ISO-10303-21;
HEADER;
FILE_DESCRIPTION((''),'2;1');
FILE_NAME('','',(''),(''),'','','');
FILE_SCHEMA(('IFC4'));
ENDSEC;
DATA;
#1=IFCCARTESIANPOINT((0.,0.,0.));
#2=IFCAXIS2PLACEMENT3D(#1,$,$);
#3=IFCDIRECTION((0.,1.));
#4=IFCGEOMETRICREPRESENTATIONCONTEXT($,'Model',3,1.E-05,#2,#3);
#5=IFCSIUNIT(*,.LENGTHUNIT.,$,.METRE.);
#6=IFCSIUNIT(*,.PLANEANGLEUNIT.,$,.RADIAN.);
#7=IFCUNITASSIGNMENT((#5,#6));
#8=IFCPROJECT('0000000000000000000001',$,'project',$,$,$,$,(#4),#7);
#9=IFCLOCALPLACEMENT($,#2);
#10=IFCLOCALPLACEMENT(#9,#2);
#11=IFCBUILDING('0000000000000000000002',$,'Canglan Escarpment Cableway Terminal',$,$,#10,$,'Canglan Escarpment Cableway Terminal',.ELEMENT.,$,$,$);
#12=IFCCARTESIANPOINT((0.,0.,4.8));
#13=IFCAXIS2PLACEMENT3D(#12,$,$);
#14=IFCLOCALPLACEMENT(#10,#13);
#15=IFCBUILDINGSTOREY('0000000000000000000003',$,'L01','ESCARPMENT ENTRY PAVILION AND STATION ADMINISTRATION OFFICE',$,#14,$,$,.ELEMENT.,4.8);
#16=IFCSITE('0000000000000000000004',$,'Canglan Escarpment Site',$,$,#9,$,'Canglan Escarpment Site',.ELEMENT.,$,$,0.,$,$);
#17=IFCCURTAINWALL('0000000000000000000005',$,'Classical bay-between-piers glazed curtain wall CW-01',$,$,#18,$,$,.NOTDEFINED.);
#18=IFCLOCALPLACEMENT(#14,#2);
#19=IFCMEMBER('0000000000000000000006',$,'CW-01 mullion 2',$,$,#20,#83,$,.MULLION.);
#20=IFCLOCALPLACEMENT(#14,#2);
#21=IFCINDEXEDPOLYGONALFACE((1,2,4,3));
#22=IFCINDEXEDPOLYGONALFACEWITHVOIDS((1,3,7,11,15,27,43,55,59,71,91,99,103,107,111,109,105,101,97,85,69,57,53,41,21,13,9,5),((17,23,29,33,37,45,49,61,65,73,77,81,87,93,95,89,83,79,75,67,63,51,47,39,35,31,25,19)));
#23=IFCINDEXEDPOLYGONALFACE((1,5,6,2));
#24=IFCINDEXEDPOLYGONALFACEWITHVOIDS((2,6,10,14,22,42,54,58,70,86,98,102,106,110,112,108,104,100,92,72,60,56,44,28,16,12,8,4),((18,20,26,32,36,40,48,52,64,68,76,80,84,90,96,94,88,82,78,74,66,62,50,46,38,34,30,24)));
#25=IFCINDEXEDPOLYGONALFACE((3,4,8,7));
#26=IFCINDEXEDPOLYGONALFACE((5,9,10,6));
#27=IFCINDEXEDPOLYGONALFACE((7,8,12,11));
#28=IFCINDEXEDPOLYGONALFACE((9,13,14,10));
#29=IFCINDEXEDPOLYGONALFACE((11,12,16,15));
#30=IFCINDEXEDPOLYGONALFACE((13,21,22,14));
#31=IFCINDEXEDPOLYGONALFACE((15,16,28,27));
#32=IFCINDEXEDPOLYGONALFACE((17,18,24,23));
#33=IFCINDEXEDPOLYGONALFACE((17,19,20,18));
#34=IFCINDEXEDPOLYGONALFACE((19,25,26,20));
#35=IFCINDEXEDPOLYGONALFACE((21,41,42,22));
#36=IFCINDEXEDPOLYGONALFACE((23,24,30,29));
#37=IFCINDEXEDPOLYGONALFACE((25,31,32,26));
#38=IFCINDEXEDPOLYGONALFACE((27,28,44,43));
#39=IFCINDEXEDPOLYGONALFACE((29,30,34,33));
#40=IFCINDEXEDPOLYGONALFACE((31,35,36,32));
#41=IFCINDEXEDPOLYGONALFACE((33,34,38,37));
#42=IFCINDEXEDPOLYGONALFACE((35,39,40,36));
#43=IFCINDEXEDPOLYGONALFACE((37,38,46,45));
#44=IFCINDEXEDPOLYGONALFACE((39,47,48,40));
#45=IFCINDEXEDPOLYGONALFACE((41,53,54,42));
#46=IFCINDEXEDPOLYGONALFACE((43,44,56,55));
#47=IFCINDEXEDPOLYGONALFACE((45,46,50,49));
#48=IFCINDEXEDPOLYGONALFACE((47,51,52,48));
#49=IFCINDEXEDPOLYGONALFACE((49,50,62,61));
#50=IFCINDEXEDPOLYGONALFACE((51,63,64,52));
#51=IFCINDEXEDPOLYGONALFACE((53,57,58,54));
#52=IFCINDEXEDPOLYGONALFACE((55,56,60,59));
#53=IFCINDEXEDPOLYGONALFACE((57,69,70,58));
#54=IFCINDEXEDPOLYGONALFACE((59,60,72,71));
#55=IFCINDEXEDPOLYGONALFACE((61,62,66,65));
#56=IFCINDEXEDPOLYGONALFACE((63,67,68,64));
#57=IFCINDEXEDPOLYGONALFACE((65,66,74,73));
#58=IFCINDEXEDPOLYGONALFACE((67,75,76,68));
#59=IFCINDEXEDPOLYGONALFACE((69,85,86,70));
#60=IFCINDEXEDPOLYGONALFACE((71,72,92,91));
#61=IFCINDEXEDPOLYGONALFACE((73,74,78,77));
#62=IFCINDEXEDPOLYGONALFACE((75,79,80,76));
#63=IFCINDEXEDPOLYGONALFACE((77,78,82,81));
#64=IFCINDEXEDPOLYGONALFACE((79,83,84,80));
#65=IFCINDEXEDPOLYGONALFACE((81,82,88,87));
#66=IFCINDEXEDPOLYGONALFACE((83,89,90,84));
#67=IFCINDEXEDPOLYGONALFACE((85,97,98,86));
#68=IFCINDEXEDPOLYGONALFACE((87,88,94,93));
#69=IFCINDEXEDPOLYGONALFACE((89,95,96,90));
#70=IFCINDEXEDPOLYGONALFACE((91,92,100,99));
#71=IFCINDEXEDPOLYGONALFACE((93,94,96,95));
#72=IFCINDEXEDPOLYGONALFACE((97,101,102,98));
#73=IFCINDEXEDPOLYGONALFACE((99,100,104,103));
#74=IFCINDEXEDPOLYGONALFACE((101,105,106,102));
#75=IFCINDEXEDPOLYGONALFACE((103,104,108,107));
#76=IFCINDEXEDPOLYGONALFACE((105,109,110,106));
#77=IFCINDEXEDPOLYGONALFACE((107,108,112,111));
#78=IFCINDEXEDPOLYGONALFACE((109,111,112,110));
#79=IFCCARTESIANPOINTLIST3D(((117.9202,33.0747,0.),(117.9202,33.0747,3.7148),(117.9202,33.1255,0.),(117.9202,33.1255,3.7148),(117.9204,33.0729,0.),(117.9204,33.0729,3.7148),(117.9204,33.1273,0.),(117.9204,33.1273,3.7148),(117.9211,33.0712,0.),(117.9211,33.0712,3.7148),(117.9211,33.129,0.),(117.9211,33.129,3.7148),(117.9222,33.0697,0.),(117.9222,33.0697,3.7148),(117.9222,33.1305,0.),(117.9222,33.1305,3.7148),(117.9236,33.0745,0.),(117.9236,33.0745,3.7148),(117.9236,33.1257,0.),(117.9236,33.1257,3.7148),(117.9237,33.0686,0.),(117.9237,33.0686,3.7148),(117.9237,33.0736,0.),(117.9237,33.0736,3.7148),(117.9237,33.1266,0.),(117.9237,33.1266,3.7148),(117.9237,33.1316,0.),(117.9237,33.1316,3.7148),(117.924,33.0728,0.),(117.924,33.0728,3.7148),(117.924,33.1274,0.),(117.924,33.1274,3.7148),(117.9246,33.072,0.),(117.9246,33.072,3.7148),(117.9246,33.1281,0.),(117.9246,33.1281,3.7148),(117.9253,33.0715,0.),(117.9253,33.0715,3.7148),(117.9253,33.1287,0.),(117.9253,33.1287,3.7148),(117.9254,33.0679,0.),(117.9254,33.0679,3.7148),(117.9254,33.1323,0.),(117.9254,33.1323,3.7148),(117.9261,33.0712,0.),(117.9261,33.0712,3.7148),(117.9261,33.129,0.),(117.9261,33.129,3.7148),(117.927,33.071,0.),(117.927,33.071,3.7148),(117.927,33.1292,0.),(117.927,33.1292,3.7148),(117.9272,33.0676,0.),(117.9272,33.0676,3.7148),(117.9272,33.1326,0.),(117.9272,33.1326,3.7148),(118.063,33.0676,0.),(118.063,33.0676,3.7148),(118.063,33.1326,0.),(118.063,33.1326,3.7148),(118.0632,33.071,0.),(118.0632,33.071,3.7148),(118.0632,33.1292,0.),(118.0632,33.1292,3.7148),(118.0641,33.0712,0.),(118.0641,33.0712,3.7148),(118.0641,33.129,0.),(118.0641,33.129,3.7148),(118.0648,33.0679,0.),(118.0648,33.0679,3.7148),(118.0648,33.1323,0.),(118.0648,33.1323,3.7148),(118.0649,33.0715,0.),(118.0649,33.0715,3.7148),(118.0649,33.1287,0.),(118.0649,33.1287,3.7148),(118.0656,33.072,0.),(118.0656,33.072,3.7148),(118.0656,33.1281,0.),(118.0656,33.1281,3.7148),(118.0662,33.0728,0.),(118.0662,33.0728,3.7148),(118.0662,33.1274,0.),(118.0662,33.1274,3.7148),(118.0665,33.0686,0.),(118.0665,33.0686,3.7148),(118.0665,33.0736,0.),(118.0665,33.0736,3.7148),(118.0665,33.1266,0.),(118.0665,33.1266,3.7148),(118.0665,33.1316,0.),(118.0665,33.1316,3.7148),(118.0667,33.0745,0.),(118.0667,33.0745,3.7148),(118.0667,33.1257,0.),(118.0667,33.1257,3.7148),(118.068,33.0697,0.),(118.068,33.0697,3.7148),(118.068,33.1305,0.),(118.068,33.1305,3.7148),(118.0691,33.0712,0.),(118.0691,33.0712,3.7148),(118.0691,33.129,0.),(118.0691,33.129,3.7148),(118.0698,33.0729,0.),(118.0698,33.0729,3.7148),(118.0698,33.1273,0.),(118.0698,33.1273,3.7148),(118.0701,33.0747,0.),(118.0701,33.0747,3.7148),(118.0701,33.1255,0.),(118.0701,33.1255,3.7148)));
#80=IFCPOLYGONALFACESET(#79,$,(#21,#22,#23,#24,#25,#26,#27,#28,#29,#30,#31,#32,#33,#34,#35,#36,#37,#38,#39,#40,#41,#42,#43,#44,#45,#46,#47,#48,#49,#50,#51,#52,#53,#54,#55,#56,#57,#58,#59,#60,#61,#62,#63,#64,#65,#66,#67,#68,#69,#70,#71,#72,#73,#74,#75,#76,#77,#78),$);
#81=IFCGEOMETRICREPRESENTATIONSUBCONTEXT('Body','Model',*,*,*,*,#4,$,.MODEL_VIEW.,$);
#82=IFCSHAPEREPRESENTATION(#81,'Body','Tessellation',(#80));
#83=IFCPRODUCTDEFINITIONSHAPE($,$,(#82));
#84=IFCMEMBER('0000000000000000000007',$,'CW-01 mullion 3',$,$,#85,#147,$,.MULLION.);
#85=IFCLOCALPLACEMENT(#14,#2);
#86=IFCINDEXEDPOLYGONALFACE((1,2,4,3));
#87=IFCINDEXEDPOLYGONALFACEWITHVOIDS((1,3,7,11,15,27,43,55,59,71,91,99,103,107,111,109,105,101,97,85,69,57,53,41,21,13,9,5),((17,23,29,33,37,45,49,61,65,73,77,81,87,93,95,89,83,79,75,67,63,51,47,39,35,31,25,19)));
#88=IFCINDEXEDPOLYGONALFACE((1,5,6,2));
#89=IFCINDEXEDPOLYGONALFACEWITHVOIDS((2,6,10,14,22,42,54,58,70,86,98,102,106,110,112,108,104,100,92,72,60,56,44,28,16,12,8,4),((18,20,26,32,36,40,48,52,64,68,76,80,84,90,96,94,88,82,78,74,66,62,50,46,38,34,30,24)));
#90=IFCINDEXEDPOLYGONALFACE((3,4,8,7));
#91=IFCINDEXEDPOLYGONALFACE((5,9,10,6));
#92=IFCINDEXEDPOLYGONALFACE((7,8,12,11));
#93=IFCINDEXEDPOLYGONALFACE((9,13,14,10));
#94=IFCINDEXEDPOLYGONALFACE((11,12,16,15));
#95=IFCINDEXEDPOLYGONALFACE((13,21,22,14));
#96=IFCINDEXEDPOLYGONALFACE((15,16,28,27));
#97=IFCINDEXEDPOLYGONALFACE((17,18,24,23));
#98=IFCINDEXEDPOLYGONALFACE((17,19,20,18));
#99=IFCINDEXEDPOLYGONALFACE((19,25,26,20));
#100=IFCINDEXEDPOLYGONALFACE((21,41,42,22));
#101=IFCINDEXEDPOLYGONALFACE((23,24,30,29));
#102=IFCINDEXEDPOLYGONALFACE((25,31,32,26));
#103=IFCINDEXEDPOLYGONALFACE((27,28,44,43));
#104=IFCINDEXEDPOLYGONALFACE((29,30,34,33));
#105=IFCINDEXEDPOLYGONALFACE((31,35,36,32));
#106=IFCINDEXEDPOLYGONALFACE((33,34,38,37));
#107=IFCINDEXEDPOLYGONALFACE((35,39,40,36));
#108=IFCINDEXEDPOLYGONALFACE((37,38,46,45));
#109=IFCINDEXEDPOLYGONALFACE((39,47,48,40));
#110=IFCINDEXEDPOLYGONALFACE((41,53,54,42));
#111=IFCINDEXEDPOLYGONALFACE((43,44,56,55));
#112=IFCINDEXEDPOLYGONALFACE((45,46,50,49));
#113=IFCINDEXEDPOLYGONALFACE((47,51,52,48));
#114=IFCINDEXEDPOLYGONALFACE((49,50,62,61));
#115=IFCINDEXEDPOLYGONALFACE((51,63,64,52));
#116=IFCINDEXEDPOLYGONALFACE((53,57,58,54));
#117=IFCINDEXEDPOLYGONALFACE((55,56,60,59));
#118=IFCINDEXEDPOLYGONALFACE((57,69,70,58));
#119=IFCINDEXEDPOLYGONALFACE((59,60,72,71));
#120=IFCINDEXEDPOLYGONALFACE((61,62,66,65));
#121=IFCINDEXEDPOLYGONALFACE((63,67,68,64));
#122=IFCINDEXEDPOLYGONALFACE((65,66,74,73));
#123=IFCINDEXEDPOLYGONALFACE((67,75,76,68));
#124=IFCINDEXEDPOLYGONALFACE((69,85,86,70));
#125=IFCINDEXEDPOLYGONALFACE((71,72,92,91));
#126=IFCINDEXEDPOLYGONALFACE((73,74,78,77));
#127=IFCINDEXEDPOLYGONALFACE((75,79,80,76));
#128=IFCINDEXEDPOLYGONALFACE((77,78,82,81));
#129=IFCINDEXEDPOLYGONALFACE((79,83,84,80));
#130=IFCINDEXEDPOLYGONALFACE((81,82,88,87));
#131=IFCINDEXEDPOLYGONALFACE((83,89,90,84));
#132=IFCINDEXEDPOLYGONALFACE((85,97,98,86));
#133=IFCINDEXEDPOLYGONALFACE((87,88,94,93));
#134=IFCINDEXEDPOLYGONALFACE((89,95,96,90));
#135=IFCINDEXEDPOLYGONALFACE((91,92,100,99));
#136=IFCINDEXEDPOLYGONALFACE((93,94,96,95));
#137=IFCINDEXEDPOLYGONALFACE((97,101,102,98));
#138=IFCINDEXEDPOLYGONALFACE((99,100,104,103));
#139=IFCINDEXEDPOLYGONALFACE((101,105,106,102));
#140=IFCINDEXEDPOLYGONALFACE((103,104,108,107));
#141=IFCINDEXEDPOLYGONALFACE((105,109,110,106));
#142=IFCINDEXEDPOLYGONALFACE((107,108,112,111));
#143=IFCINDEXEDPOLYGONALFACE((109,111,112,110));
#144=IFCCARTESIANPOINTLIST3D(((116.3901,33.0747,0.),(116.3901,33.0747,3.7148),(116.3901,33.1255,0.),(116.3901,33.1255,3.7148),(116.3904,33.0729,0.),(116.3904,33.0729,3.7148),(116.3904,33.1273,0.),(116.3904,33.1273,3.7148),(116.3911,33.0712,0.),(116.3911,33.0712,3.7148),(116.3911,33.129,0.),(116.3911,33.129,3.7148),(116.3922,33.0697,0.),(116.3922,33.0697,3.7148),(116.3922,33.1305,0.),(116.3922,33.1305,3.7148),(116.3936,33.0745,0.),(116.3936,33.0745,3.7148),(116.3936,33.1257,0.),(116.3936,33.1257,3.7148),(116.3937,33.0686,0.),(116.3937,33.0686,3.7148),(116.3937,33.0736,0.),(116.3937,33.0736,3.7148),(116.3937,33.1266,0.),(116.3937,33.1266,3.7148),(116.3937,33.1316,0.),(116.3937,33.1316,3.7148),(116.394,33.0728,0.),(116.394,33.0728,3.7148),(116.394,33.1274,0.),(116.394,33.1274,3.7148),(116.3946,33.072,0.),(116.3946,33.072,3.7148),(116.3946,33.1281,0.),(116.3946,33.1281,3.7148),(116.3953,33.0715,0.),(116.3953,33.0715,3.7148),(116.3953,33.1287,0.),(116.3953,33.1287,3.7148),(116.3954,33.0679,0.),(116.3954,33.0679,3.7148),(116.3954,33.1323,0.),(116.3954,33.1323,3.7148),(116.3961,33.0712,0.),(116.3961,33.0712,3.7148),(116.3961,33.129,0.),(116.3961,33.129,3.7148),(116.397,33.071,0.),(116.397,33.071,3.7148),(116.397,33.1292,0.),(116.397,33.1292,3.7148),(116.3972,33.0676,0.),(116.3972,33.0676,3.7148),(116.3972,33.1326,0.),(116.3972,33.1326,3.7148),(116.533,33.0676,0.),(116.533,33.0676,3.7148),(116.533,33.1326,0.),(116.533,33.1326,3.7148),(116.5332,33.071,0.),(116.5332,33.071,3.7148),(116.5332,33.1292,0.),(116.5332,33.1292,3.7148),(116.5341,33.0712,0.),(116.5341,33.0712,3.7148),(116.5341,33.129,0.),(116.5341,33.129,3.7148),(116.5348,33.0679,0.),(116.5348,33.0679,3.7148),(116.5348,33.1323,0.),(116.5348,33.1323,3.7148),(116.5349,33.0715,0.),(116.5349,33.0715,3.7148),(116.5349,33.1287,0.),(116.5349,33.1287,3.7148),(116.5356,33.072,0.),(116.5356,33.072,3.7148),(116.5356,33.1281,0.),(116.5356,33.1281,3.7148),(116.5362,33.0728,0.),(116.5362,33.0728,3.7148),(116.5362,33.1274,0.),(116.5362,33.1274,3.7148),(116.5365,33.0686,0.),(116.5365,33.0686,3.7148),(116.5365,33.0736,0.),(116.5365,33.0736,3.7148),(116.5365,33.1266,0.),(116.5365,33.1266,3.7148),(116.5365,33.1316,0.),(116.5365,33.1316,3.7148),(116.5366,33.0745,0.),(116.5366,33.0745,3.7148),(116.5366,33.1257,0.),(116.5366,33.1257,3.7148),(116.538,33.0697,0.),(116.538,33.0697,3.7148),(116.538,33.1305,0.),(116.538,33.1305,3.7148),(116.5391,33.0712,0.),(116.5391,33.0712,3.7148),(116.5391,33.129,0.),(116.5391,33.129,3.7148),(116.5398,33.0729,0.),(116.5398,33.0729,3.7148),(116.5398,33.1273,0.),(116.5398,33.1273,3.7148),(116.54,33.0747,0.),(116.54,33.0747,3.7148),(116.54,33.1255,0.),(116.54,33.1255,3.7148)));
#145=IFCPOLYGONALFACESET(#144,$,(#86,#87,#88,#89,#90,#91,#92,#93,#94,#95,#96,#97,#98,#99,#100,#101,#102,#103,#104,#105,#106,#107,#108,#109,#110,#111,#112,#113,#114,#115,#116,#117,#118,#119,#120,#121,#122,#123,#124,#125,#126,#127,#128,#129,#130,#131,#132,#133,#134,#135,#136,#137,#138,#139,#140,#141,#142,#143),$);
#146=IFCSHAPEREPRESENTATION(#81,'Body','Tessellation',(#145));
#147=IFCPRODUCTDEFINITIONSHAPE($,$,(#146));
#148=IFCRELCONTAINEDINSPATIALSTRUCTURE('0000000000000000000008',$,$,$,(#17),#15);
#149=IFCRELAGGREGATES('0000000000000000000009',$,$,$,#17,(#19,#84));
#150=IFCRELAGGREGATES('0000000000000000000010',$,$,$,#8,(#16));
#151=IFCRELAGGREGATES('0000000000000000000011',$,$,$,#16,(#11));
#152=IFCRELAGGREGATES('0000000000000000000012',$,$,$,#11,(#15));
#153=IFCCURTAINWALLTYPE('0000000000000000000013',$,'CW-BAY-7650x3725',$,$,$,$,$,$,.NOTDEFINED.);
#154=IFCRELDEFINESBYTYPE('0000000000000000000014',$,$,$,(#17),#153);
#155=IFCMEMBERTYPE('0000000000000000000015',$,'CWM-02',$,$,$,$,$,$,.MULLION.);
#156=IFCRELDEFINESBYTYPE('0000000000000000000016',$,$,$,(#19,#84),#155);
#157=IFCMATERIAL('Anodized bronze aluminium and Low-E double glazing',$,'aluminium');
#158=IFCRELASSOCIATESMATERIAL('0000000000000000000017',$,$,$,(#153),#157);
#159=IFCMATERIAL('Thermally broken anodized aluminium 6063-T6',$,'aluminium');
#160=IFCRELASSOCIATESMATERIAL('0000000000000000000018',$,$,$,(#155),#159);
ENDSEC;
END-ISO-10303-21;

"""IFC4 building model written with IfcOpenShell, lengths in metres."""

from ifc_helpers import new_model, si_unit, direction, frame, origin, origin_2d, place, context, subcontext, project, spatial, hollow_rectangle, extrude, material, material_profile, profile_set, type_object, element, aggregate, save


model = new_model("IFC4")

# Units and contexts
model_context = context("Model", 3, precision=1e-05, world=origin(), true_north=direction((0.0, 1.0)))
body_context = subcontext(model_context, "Body", "Model", "MODEL_VIEW")
ifc_project = project(units=[si_unit("LENGTHUNIT", "METRE"), si_unit("PLANEANGLEUNIT", "RADIAN")], contexts=[model_context])

# Site, building, storey
site_placement = place(None, origin())
site = spatial("IfcSite", under=ifc_project, at=site_placement, Name="Canglan Escarpment Site", LongName="Canglan Escarpment Site", CompositionType="ELEMENT", RefElevation=0.0)
building_placement = place(site_placement, origin())
building = spatial("IfcBuilding", under=site, at=building_placement, Name="Canglan Escarpment Cableway Terminal", LongName="Canglan Escarpment Cableway Terminal", CompositionType="ELEMENT")
storey_placement = place(building_placement, frame((0.0, 0.0, 4.8)))
storey = spatial("IfcBuildingStorey", under=building, at=storey_placement, Name="L01", Description="ESCARPMENT ENTRY PAVILION AND STATION ADMINISTRATION OFFICE", CompositionType="ELEMENT", Elevation=4.8)

# Curtain wall, members
ifc_material_1 = material(Name="Anodized bronze aluminium and Low-E double glazing", Category="aluminium")
curtain_wall_type = type_object("IfcCurtainWallType", Name="CW-BAY-7650x3725", PredefinedType="NOTDEFINED", material=ifc_material_1)
curtain_wall_placement = place(storey_placement, origin())
curtain_wall = element("IfcCurtainWall", 1, at=curtain_wall_placement, inside=storey, type_object=curtain_wall_type, Name="Classical bay-between-piers glazed curtain wall CW-01", PredefinedType="NOTDEFINED")
ifc_material_2 = material(Name="Thermally broken anodized aluminium 6063-T6", Category="aluminium")
ifc_material_profile_1 = material_profile(ifc_material_2, hollow_rectangle(XDim=0.0649, YDim=0.1499, WallThickness=0.0034, InnerFilletRadius=0.0034, OuterFilletRadius=0.0071, at=origin_2d()), Name="ALU-MULL 65x150x3.5")
ifc_profile_set_1 = profile_set([ifc_material_profile_1], Name="Thermally broken anodized aluminium 6063-T6")
member_type_1 = type_object("IfcMemberType", Name="CWM-02", PredefinedType="MULLION", material=ifc_profile_set_1)
member_1_placement = place(storey_placement, frame((117.9951, 33.1001, 0.0), z_axis=(0.0, 0.0, 1.0), x_axis=(0.0, -1.0, 0.0)))
member_1 = element("IfcMember", 2, at=member_1_placement, type_object=member_type_1, Name="CW-01 mullion 2", PredefinedType="MULLION", context=body_context, shape_type="SweptSolid", body=[
    extrude(hollow_rectangle(XDim=0.0649, YDim=0.1499, WallThickness=0.0034, InnerFilletRadius=0.0034, OuterFilletRadius=0.0071, at=origin_2d()), origin(), (0.0, 0.0, 1.0), 3.7148),
])
member_2_placement = place(storey_placement, frame((116.4651, 33.1001, 0.0), z_axis=(0.0, 0.0, 1.0), x_axis=(0.0, -1.0, 0.0)))
member_2 = element("IfcMember", 3, at=member_2_placement, type_object=member_type_1, Name="CW-01 mullion 3", PredefinedType="MULLION", context=body_context, shape_type="SweptSolid", body=[
    extrude(hollow_rectangle(XDim=0.0649, YDim=0.1499, WallThickness=0.0034, InnerFilletRadius=0.0034, OuterFilletRadius=0.0071, at=origin_2d()), origin(), (0.0, 0.0, 1.0), 3.7148),
])
aggregate(curtain_wall, [member_1, member_2])

save(model, "model.ifc")
